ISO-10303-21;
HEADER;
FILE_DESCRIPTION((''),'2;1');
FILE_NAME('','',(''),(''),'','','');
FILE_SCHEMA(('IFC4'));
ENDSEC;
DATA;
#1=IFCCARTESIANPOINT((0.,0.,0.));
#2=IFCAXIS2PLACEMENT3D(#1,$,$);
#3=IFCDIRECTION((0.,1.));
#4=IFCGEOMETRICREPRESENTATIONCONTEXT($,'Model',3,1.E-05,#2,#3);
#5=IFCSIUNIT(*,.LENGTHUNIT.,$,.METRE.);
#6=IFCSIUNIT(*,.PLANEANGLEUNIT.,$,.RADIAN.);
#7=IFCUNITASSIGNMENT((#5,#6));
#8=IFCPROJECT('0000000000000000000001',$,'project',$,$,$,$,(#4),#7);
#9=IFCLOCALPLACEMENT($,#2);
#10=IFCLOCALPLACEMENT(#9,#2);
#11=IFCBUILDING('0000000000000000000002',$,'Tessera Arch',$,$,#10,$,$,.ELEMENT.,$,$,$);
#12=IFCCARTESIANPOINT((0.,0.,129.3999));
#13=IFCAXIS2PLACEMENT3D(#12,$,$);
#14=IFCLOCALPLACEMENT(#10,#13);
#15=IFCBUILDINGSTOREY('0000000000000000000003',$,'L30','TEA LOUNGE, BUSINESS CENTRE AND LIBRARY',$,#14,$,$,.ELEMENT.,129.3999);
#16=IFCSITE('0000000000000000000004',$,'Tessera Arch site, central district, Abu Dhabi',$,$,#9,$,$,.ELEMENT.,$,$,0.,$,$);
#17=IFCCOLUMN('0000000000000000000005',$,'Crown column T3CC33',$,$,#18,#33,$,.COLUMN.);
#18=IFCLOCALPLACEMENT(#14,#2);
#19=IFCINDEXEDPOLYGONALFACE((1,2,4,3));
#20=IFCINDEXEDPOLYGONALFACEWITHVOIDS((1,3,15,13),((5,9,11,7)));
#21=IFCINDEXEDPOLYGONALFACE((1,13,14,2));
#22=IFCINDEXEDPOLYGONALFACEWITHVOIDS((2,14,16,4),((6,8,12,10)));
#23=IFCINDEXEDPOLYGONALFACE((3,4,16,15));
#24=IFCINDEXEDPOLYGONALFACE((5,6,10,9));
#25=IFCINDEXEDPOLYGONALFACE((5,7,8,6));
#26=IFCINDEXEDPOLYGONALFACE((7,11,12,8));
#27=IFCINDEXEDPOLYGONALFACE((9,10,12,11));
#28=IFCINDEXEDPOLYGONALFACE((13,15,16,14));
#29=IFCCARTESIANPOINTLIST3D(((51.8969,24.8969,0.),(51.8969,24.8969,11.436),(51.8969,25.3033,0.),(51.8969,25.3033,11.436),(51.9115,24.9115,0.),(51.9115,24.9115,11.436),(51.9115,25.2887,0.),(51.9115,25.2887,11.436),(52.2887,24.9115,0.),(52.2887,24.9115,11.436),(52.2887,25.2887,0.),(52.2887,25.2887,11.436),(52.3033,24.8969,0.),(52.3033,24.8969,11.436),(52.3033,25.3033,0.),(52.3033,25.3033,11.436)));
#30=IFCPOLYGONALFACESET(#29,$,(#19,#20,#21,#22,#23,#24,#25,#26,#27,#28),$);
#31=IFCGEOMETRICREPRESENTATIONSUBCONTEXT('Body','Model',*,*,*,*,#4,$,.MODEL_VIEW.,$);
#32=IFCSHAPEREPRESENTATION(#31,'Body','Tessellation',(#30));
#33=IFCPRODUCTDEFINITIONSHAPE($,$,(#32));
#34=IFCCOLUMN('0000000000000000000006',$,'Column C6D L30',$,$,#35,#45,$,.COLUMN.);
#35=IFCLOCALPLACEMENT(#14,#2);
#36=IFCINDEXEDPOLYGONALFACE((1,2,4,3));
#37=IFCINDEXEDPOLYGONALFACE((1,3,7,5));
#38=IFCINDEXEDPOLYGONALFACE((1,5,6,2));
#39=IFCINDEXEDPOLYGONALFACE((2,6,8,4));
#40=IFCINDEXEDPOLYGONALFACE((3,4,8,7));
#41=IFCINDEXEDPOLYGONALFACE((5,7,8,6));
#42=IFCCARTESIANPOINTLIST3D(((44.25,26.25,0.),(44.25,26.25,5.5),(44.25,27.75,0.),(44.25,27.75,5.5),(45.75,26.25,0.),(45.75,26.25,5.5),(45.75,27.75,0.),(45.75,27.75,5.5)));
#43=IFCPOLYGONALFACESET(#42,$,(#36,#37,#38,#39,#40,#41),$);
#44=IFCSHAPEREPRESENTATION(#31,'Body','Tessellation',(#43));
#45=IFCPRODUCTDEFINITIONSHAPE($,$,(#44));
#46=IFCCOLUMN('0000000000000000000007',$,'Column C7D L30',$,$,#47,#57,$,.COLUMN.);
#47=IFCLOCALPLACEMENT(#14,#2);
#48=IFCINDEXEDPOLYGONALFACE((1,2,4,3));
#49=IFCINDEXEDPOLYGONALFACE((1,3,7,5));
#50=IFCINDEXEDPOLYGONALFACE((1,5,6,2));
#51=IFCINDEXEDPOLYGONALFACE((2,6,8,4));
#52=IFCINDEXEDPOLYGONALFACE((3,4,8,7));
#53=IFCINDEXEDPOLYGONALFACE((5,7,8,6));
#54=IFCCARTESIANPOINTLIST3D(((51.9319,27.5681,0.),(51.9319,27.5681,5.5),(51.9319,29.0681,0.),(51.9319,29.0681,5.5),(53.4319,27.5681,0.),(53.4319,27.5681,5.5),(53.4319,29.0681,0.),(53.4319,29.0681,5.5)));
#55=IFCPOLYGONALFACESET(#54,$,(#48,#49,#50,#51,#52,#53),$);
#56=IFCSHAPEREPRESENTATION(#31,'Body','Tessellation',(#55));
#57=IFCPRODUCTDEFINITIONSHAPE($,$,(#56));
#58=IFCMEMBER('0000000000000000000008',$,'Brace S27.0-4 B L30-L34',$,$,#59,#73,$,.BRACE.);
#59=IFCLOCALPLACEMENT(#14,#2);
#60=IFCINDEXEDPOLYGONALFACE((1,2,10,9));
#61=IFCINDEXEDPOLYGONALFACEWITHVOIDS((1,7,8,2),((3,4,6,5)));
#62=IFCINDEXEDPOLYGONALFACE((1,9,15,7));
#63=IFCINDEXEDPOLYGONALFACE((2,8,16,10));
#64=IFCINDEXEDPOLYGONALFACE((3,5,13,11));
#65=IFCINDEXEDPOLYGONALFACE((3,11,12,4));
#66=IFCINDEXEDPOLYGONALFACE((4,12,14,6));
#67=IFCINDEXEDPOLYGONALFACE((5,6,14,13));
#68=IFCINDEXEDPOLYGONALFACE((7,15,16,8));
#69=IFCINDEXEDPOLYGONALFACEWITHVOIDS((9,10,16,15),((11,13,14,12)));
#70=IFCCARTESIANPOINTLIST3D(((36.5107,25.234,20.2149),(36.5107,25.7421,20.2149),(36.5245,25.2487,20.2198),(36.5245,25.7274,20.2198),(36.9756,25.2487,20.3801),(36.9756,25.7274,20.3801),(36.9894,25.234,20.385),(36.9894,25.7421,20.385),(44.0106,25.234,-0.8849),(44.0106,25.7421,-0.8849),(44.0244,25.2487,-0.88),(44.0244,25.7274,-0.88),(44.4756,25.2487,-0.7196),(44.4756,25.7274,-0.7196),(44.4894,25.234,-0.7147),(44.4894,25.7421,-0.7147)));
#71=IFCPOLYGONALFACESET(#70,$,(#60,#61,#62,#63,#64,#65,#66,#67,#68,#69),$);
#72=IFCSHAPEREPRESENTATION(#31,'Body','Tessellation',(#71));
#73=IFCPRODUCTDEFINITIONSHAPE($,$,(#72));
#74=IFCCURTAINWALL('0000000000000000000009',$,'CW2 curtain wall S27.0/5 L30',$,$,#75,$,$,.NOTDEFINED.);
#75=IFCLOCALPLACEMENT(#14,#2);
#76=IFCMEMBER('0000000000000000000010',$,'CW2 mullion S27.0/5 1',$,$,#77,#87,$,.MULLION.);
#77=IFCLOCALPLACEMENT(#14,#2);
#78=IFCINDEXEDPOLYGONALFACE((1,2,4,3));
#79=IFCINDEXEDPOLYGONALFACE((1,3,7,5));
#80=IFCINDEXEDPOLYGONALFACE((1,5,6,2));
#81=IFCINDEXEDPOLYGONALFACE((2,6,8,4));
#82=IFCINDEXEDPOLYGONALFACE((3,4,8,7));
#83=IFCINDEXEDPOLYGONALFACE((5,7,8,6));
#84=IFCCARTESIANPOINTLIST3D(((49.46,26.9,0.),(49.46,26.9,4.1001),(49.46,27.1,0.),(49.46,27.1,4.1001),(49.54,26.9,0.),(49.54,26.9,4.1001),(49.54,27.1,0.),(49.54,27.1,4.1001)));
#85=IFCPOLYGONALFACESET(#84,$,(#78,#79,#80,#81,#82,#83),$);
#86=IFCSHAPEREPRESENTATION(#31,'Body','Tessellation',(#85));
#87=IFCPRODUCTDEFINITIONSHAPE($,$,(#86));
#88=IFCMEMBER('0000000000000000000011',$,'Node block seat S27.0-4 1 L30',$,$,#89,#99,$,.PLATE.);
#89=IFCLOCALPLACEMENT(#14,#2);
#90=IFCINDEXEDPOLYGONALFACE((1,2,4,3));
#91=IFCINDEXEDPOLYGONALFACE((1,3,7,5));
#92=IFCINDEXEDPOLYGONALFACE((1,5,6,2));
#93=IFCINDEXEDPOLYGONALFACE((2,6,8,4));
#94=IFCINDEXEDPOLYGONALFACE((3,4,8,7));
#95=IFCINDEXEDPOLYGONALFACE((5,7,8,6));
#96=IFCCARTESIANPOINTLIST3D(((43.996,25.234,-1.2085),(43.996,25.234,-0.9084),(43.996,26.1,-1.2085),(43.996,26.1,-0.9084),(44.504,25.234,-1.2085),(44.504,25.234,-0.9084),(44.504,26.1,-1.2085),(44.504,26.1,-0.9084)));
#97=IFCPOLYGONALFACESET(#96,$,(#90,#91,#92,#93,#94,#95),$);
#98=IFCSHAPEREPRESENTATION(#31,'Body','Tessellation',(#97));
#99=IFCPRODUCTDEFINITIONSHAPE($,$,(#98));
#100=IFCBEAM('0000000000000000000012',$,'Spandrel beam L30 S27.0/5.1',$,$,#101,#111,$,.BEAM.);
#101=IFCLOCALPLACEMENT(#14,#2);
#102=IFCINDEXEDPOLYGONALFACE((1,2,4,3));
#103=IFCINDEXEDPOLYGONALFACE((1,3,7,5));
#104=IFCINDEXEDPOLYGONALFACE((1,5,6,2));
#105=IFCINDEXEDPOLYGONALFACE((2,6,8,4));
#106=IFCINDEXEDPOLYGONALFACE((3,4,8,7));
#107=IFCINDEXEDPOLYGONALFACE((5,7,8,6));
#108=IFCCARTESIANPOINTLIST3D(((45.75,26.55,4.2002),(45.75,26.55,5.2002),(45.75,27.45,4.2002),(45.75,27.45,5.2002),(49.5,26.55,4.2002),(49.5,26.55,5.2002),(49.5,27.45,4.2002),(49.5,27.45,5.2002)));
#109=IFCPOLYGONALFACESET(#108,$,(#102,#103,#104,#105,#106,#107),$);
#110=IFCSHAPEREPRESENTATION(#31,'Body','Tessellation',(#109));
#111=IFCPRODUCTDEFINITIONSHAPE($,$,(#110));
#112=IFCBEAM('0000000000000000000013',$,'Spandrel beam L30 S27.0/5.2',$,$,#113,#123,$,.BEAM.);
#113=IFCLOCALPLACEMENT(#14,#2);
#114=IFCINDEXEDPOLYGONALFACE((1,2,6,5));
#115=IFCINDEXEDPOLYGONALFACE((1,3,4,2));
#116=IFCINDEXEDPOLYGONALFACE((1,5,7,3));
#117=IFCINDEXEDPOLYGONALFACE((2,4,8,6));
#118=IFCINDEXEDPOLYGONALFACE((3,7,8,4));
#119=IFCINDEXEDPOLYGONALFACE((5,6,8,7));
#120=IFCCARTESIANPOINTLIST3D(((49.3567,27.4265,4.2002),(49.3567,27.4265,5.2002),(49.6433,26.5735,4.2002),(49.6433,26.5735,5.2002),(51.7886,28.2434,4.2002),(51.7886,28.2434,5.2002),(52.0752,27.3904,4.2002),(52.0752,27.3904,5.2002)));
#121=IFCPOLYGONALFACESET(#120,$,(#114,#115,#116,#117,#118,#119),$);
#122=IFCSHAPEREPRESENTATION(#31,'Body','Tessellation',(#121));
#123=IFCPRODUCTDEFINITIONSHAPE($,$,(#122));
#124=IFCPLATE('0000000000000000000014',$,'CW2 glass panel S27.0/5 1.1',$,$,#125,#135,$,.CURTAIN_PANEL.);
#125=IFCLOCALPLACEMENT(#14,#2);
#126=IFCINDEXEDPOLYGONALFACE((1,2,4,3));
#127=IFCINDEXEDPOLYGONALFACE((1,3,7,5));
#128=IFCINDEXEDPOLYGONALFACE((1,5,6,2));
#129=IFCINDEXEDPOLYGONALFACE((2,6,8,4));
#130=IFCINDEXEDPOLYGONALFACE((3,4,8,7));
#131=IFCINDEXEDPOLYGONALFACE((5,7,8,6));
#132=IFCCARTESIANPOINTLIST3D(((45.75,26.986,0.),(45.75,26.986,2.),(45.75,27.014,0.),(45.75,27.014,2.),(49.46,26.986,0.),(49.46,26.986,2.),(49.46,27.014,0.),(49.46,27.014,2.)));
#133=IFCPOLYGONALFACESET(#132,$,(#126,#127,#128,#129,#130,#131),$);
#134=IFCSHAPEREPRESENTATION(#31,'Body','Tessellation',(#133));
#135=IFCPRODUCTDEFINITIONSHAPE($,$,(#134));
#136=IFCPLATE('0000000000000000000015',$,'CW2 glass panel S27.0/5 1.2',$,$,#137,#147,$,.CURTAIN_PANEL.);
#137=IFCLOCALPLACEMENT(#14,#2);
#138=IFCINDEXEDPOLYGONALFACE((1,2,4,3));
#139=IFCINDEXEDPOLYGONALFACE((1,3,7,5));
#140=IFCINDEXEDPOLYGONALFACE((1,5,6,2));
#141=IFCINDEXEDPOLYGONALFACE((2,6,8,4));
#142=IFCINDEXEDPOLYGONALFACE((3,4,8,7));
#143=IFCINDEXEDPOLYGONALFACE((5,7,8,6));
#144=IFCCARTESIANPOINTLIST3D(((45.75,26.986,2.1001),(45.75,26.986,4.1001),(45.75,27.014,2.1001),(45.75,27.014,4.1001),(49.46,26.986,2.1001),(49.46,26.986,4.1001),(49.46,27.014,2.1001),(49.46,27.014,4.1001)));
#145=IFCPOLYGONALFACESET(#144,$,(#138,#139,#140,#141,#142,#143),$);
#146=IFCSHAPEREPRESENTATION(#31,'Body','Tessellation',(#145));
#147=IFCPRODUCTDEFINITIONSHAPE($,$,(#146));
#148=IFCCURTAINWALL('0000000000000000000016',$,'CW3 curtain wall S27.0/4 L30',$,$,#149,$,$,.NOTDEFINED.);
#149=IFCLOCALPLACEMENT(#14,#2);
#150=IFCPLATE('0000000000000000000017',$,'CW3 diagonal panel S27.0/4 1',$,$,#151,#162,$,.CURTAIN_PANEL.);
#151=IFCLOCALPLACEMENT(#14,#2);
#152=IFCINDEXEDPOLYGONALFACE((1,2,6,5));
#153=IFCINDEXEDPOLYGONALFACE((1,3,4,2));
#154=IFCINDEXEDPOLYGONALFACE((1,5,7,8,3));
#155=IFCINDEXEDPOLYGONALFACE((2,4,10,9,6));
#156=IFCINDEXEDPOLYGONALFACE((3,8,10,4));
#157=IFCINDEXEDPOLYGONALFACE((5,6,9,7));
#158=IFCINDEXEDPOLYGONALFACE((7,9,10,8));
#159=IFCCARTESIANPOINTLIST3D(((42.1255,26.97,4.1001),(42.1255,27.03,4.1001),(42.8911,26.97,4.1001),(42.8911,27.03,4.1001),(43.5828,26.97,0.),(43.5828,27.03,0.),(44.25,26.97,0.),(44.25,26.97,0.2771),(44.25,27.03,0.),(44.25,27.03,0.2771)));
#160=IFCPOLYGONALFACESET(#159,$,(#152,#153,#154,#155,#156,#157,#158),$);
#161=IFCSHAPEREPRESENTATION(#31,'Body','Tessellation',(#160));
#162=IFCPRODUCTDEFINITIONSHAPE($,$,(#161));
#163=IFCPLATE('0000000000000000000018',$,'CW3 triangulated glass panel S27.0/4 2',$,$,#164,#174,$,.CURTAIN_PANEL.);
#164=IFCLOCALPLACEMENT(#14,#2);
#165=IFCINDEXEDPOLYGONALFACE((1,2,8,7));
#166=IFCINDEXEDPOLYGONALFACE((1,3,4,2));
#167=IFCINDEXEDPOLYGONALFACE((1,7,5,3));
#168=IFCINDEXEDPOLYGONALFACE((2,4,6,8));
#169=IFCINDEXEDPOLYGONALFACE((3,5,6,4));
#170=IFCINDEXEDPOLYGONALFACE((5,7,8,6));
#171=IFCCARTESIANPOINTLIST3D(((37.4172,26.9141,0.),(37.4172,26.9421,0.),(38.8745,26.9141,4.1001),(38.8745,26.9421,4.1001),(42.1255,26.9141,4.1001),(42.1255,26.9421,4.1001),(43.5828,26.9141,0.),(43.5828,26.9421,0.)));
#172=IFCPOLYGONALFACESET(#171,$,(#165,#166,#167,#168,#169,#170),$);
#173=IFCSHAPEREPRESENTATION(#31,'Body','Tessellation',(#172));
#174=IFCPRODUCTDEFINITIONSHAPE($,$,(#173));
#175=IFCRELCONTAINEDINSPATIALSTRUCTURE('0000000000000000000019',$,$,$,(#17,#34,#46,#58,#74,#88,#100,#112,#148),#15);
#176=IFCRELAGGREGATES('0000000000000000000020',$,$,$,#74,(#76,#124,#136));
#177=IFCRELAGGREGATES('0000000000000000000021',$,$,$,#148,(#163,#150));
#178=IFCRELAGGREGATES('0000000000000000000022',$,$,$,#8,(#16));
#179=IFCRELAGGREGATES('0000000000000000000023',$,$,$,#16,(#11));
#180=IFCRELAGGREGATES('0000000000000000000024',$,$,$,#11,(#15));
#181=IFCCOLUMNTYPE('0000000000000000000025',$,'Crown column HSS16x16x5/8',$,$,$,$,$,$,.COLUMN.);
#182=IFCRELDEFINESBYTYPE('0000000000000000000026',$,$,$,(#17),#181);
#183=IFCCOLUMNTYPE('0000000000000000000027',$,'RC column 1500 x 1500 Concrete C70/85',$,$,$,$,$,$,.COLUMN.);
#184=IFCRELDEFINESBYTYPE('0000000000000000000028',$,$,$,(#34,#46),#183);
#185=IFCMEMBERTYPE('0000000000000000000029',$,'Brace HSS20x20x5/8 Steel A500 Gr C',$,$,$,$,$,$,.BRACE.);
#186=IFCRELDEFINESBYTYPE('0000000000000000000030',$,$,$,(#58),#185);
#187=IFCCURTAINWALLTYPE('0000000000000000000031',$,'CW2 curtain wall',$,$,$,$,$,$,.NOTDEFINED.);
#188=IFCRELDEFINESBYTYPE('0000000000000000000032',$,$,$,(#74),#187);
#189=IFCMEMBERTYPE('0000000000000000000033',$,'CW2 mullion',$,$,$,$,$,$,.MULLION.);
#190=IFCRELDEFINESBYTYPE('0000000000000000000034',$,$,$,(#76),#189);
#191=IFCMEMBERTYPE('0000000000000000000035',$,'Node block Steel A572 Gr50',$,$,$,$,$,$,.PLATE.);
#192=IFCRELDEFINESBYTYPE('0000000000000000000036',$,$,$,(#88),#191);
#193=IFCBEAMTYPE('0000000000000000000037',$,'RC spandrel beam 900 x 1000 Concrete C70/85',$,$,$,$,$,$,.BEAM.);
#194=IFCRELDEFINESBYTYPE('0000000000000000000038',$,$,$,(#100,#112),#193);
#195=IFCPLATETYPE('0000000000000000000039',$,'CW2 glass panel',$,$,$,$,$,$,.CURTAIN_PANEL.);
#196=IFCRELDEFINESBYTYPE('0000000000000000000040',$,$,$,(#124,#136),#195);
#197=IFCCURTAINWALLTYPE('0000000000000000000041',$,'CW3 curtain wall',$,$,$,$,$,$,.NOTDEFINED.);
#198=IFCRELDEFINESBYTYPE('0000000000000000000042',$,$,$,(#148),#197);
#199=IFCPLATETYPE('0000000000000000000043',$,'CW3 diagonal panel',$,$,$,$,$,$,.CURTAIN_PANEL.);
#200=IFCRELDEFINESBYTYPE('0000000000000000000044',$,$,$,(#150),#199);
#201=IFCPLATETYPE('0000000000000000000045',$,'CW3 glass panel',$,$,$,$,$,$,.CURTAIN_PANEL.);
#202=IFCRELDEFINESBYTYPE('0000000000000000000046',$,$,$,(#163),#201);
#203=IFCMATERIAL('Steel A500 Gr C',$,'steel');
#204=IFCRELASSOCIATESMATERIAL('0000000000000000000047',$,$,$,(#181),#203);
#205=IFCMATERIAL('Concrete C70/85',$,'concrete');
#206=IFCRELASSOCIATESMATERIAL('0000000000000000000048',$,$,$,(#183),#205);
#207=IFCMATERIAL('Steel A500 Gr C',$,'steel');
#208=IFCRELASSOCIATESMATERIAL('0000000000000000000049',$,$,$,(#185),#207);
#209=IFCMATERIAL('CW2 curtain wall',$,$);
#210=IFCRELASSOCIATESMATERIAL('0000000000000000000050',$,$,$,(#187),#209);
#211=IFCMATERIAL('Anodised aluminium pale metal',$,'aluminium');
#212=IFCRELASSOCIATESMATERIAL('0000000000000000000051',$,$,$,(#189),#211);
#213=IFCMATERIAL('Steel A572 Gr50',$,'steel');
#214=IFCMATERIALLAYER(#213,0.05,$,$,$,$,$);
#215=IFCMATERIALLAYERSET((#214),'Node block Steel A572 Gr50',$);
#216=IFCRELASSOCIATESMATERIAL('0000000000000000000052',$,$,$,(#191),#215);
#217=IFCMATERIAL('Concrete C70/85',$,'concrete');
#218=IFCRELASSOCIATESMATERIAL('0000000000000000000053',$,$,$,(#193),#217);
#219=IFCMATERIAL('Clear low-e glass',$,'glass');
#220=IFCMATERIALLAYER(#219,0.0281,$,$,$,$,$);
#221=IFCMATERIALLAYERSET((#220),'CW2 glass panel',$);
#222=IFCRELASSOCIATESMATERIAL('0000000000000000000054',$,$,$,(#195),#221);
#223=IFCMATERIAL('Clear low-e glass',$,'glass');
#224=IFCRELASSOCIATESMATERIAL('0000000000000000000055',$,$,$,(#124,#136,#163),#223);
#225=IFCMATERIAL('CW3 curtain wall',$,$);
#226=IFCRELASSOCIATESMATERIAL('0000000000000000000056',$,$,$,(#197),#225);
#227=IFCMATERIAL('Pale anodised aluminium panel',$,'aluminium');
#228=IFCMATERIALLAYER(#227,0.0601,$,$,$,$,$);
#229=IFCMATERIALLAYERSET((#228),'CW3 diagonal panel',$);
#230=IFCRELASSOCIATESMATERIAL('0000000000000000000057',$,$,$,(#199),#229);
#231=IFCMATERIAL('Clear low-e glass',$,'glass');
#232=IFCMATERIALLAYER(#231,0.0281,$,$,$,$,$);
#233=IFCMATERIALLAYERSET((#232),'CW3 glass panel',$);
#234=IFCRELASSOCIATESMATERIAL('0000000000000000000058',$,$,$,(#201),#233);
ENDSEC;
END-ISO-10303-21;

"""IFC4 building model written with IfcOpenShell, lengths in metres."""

from ifc_helpers import new_model, si_unit, direction, frame, origin, origin_2d, place, context, subcontext, project, spatial, polyline, rectangle, hollow_rectangle, outline, extrude, material, layer, layer_set, material_profile, profile_set, type_object, element, aggregate, save


model = new_model("IFC4")

# Units and contexts
model_context = context("Model", 3, precision=1e-05, world=origin(), true_north=direction((0.0, 1.0)))
body_context = subcontext(model_context, "Body", "Model", "MODEL_VIEW")
ifc_project = project(units=[si_unit("LENGTHUNIT", "METRE"), si_unit("PLANEANGLEUNIT", "RADIAN")], contexts=[model_context])

# Site, building, storey
site_placement = place(None, origin())
site = spatial("IfcSite", under=ifc_project, at=site_placement, Name="Tessera Arch site, central district, Abu Dhabi", CompositionType="ELEMENT", RefElevation=0.0)
building_placement = place(site_placement, origin())
building = spatial("IfcBuilding", under=site, at=building_placement, Name="Tessera Arch", CompositionType="ELEMENT")
storey_placement = place(building_placement, frame((0.0, 0.0, 129.3999)))
storey = spatial("IfcBuildingStorey", under=building, at=storey_placement, Name="L30", Description="TEA LOUNGE, BUSINESS CENTRE AND LIBRARY", CompositionType="ELEMENT", Elevation=129.3999)

# Columns
ifc_material_1 = material(Name="Steel A500 Gr C", Category="steel")
ifc_material_profile_1 = material_profile(ifc_material_1, hollow_rectangle(XDim=0.4065, YDim=0.4065, WallThickness=0.0146, at=origin_2d()), Name="HSS16x16x5/8")
ifc_profile_set_1 = profile_set([ifc_material_profile_1], Name="Steel A500 Gr C")
column_type_1 = type_object("IfcColumnType", Name="Crown column HSS16x16x5/8", PredefinedType="COLUMN", material=ifc_profile_set_1)
column_placement = place(storey_placement, frame((52.1001, 25.1001, 0.0), z_axis=(0.0, 0.0, 1.0), x_axis=(1.0, 0.0, 0.0)))
element("IfcColumn", 1, at=column_placement, inside=storey, type_object=column_type_1, Name="Crown column T3CC33", PredefinedType="COLUMN", context=body_context, shape_type="SweptSolid", body=[
    extrude(hollow_rectangle(XDim=0.4065, YDim=0.4065, WallThickness=0.0146, at=origin_2d()), origin(), (0.0, 0.0, 1.0), 11.436),
])
ifc_material_2 = material(Name="Concrete C70/85", Category="concrete")
ifc_material_profile_2 = material_profile(ifc_material_2, rectangle(XDim=1.5, YDim=1.5, at=origin_2d()), Name="RC column 1500 x 1500 Concrete C70/85")
ifc_profile_set_2 = profile_set([ifc_material_profile_2], Name="Concrete C70/85")
column_type_2 = type_object("IfcColumnType", Name="RC column 1500 x 1500 Concrete C70/85", PredefinedType="COLUMN", material=ifc_profile_set_2)
for number, where, z_axis, x_axis, name in (
    (2, (45.0, 27.0, 0.0), (0.0, 0.0, 1.0), (1.0, 0.0, 0.0), "Column C6D L30"),
    (3, (52.6819, 28.3181, 0.0), (0.0, 0.0, 1.0), (1.0, 0.0, 0.0), "Column C7D L30"),
):
    element("IfcColumn", number, at=place(storey_placement, frame(where, z_axis=z_axis, x_axis=x_axis)), inside=storey, type_object=column_type_2, Name=name, PredefinedType="COLUMN", context=body_context, shape_type="SweptSolid", body=[
        extrude(rectangle(XDim=1.5, YDim=1.5, at=origin_2d()), origin(), (0.0, 0.0, 1.0), 5.5),
    ])

# Member
ifc_material_3 = material(Name="Steel A500 Gr C", Category="steel")
ifc_material_profile_3 = material_profile(ifc_material_3, hollow_rectangle(XDim=0.5081, YDim=0.5081, WallThickness=0.0146, at=origin_2d()), Name="HSS20x20x5/8")
ifc_profile_set_3 = profile_set([ifc_material_profile_3], Name="Steel A500 Gr C")
member_type_1 = type_object("IfcMemberType", Name="Brace HSS20x20x5/8 Steel A500 Gr C", PredefinedType="BRACE", material=ifc_profile_set_3)
member_1_placement = place(storey_placement, frame((44.25, 25.488, -0.7998), z_axis=(-0.334924, 0.0, 0.942245), x_axis=(0.0, -1.0, 0.0)))
element("IfcMember", 4, at=member_1_placement, inside=storey, type_object=member_type_1, Name="Brace S27.0-4 B L30-L34", PredefinedType="BRACE", context=body_context, shape_type="SweptSolid", body=[
    extrude(hollow_rectangle(XDim=0.5081, YDim=0.5081, WallThickness=0.0146, at=origin_2d()), origin(), (0.0, 0.0, 1.0), 22.3931),
])

# Curtain wall, member
ifc_material_4 = material(Name="CW2 curtain wall")
curtain_wall_type_1 = type_object("IfcCurtainWallType", Name="CW2 curtain wall", PredefinedType="NOTDEFINED", material=ifc_material_4)
curtain_wall_1_placement = place(storey_placement, origin())
curtain_wall_1 = element("IfcCurtainWall", 5, at=curtain_wall_1_placement, inside=storey, type_object=curtain_wall_type_1, Name="CW2 curtain wall S27.0/5 L30", PredefinedType="NOTDEFINED")
ifc_material_5 = material(Name="Anodised aluminium pale metal", Category="aluminium")
ifc_material_profile_4 = material_profile(ifc_material_5, rectangle(XDim=0.2, YDim=0.0801, at=origin_2d()), Name="AL 80x200")
ifc_profile_set_4 = profile_set([ifc_material_profile_4], Name="Anodised aluminium pale metal")
member_type_2 = type_object("IfcMemberType", Name="CW2 mullion", PredefinedType="MULLION", material=ifc_profile_set_4)
member_2_placement = place(storey_placement, frame((49.5, 27.0, 0.0), z_axis=(0.0, 0.0, 1.0), x_axis=(0.0, 1.0, 0.0)))
member_2 = element("IfcMember", 6, at=member_2_placement, type_object=member_type_2, Name="CW2 mullion S27.0/5 1", PredefinedType="MULLION", context=body_context, shape_type="SweptSolid", body=[
    extrude(rectangle(XDim=0.2, YDim=0.0801, at=origin_2d()), origin(), (0.0, 0.0, 1.0), 4.1001),
])

# Member
ifc_material_6 = material(Name="Steel A572 Gr50", Category="steel")
ifc_layer_1 = layer(ifc_material_6, 0.05)
ifc_layer_set_1 = layer_set([ifc_layer_1], Name="Node block Steel A572 Gr50")
member_type_3 = type_object("IfcMemberType", Name="Node block Steel A572 Gr50", PredefinedType="PLATE", material=ifc_layer_set_1)
member_3_placement = place(storey_placement, frame((44.25, 25.667, -1.2085), z_axis=(0.0, 0.0, 1.0), x_axis=(1.0, 0.0, 0.0)))
element("IfcMember", 7, at=member_3_placement, inside=storey, type_object=member_type_3, Name="Node block seat S27.0-4 1 L30", PredefinedType="PLATE", context=body_context, shape_type="SweptSolid", body=[
    extrude(rectangle(XDim=0.5081, YDim=0.866, at=origin_2d()), origin(), (0.0, 0.0, 1.0), 0.3),
])

# Beams
ifc_material_7 = material(Name="Concrete C70/85", Category="concrete")
ifc_material_profile_5 = material_profile(ifc_material_7, rectangle(XDim=0.8999, YDim=1.0, at=origin_2d()), Name="RC spandrel beam 900 x 1000 Concrete C70/85")
ifc_profile_set_5 = profile_set([ifc_material_profile_5], Name="Concrete C70/85")
beam_type = type_object("IfcBeamType", Name="RC spandrel beam 900 x 1000 Concrete C70/85", PredefinedType="BEAM", material=ifc_profile_set_5)
beam_1_placement = place(storey_placement, frame((45.75, 27.0, 4.7002), z_axis=(1.0, 0.0, 0.0), x_axis=(0.0, 1.0, 0.0)))
element("IfcBeam", 8, at=beam_1_placement, inside=storey, type_object=beam_type, Name="Spandrel beam L30 S27.0/5.1", PredefinedType="BEAM", context=body_context, shape_type="SweptSolid", body=[
    extrude(rectangle(XDim=0.8999, YDim=1.0, at=origin_2d()), origin(), (0.0, 0.0, 1.0), 3.75),
])
beam_2_placement = place(storey_placement, frame((49.5, 27.0, 4.7002), z_axis=(0.947948, 0.318425, 0.0), x_axis=(-0.318425, 0.947948, 0.0)))
element("IfcBeam", 9, at=beam_2_placement, inside=storey, type_object=beam_type, Name="Spandrel beam L30 S27.0/5.2", PredefinedType="BEAM", context=body_context, shape_type="SweptSolid", body=[
    extrude(rectangle(XDim=0.8999, YDim=1.0, at=origin_2d()), origin(), (0.0, 0.0, 1.0), 2.5654),
])

# Plates
ifc_material_8 = material(Name="Clear low-e glass", Category="glass")
ifc_material_9 = material(Name="Clear low-e glass", Category="glass")
ifc_layer_2 = layer(ifc_material_9, 0.0281)
ifc_layer_set_2 = layer_set([ifc_layer_2], Name="CW2 glass panel")
plate_type_1 = type_object("IfcPlateType", Name="CW2 glass panel", PredefinedType="CURTAIN_PANEL", material=ifc_layer_set_2)
plate_1_placement = place(storey_placement, frame((47.605, 27.0, 0.0), z_axis=(0.0, 0.0, 1.0), x_axis=(1.0, 0.0, 0.0)))
plate_1 = element("IfcPlate", 10, at=plate_1_placement, type_object=plate_type_1, material=ifc_material_8, Name="CW2 glass panel S27.0/5 1.1", PredefinedType="CURTAIN_PANEL", context=body_context, shape_type="SweptSolid", body=[
    extrude(rectangle(XDim=3.71, YDim=0.0281, at=origin_2d()), origin(), (0.0, 0.0, 1.0), 2.0),
])
plate_2_placement = place(storey_placement, frame((47.605, 27.0, 2.1001), z_axis=(0.0, 0.0, 1.0), x_axis=(1.0, 0.0, 0.0)))
plate_2 = element("IfcPlate", 11, at=plate_2_placement, type_object=plate_type_1, material=ifc_material_8, Name="CW2 glass panel S27.0/5 1.2", PredefinedType="CURTAIN_PANEL", context=body_context, shape_type="SweptSolid", body=[
    extrude(rectangle(XDim=3.71, YDim=0.0281, at=origin_2d()), origin(), (0.0, 0.0, 1.0), 2.0),
])
aggregate(curtain_wall_1, [member_2, plate_1, plate_2])

# Curtain wall, plates
ifc_material_10 = material(Name="CW3 curtain wall")
curtain_wall_type_2 = type_object("IfcCurtainWallType", Name="CW3 curtain wall", PredefinedType="NOTDEFINED", material=ifc_material_10)
curtain_wall_2_placement = place(storey_placement, origin())
curtain_wall_2 = element("IfcCurtainWall", 12, at=curtain_wall_2_placement, inside=storey, type_object=curtain_wall_type_2, Name="CW3 curtain wall S27.0/4 L30", PredefinedType="NOTDEFINED")
ifc_material_11 = material(Name="Pale anodised aluminium panel", Category="aluminium")
ifc_layer_3 = layer(ifc_material_11, 0.0601)
ifc_layer_set_3 = layer_set([ifc_layer_3], Name="CW3 diagonal panel")
plate_type_2 = type_object("IfcPlateType", Name="CW3 diagonal panel", PredefinedType="CURTAIN_PANEL", material=ifc_layer_set_3)
plate_3_placement = place(storey_placement, frame((44.25, 26.97, 0.0), z_axis=(0.0, -1.0, 0.0), x_axis=(0.0, 0.0, 1.0)))
plate_3 = element("IfcPlate", 13, at=plate_3_placement, type_object=plate_type_2, Name="CW3 diagonal panel S27.0/4 1", PredefinedType="CURTAIN_PANEL", context=body_context, shape_type="SweptSolid", body=[
    extrude(outline(polyline([(0.0, 0.0), (0.2771, 0.0), (4.1001, 1.3589), (4.1001, 2.1245), (0.0, 0.6672), (0.0, 0.0)])), origin(), (0.0, 0.0, -1.0), 0.0601),
])
ifc_material_12 = material(Name="Clear low-e glass", Category="glass")
ifc_layer_4 = layer(ifc_material_12, 0.0281)
ifc_layer_set_4 = layer_set([ifc_layer_4], Name="CW3 glass panel")
plate_type_3 = type_object("IfcPlateType", Name="CW3 glass panel", PredefinedType="CURTAIN_PANEL", material=ifc_layer_set_4)
plate_4_placement = place(storey_placement, frame((42.1255, 26.9141, 4.1001), z_axis=(0.0, -1.0, 0.0), x_axis=(-1.0, 0.0, 0.0)))
plate_4 = element("IfcPlate", 14, at=plate_4_placement, type_object=plate_type_3, material=ifc_material_8, Name="CW3 triangulated glass panel S27.0/4 2", PredefinedType="CURTAIN_PANEL", context=body_context, shape_type="SweptSolid", body=[
    extrude(outline(polyline([(0.0, 0.0), (3.251, 0.0), (4.7083, 4.1001), (-1.4573, 4.1001), (0.0, 0.0)])), origin(), (0.0, 0.0, -1.0), 0.0281),
])
aggregate(curtain_wall_2, [plate_4, plate_3])

save(model, "model.ifc")
